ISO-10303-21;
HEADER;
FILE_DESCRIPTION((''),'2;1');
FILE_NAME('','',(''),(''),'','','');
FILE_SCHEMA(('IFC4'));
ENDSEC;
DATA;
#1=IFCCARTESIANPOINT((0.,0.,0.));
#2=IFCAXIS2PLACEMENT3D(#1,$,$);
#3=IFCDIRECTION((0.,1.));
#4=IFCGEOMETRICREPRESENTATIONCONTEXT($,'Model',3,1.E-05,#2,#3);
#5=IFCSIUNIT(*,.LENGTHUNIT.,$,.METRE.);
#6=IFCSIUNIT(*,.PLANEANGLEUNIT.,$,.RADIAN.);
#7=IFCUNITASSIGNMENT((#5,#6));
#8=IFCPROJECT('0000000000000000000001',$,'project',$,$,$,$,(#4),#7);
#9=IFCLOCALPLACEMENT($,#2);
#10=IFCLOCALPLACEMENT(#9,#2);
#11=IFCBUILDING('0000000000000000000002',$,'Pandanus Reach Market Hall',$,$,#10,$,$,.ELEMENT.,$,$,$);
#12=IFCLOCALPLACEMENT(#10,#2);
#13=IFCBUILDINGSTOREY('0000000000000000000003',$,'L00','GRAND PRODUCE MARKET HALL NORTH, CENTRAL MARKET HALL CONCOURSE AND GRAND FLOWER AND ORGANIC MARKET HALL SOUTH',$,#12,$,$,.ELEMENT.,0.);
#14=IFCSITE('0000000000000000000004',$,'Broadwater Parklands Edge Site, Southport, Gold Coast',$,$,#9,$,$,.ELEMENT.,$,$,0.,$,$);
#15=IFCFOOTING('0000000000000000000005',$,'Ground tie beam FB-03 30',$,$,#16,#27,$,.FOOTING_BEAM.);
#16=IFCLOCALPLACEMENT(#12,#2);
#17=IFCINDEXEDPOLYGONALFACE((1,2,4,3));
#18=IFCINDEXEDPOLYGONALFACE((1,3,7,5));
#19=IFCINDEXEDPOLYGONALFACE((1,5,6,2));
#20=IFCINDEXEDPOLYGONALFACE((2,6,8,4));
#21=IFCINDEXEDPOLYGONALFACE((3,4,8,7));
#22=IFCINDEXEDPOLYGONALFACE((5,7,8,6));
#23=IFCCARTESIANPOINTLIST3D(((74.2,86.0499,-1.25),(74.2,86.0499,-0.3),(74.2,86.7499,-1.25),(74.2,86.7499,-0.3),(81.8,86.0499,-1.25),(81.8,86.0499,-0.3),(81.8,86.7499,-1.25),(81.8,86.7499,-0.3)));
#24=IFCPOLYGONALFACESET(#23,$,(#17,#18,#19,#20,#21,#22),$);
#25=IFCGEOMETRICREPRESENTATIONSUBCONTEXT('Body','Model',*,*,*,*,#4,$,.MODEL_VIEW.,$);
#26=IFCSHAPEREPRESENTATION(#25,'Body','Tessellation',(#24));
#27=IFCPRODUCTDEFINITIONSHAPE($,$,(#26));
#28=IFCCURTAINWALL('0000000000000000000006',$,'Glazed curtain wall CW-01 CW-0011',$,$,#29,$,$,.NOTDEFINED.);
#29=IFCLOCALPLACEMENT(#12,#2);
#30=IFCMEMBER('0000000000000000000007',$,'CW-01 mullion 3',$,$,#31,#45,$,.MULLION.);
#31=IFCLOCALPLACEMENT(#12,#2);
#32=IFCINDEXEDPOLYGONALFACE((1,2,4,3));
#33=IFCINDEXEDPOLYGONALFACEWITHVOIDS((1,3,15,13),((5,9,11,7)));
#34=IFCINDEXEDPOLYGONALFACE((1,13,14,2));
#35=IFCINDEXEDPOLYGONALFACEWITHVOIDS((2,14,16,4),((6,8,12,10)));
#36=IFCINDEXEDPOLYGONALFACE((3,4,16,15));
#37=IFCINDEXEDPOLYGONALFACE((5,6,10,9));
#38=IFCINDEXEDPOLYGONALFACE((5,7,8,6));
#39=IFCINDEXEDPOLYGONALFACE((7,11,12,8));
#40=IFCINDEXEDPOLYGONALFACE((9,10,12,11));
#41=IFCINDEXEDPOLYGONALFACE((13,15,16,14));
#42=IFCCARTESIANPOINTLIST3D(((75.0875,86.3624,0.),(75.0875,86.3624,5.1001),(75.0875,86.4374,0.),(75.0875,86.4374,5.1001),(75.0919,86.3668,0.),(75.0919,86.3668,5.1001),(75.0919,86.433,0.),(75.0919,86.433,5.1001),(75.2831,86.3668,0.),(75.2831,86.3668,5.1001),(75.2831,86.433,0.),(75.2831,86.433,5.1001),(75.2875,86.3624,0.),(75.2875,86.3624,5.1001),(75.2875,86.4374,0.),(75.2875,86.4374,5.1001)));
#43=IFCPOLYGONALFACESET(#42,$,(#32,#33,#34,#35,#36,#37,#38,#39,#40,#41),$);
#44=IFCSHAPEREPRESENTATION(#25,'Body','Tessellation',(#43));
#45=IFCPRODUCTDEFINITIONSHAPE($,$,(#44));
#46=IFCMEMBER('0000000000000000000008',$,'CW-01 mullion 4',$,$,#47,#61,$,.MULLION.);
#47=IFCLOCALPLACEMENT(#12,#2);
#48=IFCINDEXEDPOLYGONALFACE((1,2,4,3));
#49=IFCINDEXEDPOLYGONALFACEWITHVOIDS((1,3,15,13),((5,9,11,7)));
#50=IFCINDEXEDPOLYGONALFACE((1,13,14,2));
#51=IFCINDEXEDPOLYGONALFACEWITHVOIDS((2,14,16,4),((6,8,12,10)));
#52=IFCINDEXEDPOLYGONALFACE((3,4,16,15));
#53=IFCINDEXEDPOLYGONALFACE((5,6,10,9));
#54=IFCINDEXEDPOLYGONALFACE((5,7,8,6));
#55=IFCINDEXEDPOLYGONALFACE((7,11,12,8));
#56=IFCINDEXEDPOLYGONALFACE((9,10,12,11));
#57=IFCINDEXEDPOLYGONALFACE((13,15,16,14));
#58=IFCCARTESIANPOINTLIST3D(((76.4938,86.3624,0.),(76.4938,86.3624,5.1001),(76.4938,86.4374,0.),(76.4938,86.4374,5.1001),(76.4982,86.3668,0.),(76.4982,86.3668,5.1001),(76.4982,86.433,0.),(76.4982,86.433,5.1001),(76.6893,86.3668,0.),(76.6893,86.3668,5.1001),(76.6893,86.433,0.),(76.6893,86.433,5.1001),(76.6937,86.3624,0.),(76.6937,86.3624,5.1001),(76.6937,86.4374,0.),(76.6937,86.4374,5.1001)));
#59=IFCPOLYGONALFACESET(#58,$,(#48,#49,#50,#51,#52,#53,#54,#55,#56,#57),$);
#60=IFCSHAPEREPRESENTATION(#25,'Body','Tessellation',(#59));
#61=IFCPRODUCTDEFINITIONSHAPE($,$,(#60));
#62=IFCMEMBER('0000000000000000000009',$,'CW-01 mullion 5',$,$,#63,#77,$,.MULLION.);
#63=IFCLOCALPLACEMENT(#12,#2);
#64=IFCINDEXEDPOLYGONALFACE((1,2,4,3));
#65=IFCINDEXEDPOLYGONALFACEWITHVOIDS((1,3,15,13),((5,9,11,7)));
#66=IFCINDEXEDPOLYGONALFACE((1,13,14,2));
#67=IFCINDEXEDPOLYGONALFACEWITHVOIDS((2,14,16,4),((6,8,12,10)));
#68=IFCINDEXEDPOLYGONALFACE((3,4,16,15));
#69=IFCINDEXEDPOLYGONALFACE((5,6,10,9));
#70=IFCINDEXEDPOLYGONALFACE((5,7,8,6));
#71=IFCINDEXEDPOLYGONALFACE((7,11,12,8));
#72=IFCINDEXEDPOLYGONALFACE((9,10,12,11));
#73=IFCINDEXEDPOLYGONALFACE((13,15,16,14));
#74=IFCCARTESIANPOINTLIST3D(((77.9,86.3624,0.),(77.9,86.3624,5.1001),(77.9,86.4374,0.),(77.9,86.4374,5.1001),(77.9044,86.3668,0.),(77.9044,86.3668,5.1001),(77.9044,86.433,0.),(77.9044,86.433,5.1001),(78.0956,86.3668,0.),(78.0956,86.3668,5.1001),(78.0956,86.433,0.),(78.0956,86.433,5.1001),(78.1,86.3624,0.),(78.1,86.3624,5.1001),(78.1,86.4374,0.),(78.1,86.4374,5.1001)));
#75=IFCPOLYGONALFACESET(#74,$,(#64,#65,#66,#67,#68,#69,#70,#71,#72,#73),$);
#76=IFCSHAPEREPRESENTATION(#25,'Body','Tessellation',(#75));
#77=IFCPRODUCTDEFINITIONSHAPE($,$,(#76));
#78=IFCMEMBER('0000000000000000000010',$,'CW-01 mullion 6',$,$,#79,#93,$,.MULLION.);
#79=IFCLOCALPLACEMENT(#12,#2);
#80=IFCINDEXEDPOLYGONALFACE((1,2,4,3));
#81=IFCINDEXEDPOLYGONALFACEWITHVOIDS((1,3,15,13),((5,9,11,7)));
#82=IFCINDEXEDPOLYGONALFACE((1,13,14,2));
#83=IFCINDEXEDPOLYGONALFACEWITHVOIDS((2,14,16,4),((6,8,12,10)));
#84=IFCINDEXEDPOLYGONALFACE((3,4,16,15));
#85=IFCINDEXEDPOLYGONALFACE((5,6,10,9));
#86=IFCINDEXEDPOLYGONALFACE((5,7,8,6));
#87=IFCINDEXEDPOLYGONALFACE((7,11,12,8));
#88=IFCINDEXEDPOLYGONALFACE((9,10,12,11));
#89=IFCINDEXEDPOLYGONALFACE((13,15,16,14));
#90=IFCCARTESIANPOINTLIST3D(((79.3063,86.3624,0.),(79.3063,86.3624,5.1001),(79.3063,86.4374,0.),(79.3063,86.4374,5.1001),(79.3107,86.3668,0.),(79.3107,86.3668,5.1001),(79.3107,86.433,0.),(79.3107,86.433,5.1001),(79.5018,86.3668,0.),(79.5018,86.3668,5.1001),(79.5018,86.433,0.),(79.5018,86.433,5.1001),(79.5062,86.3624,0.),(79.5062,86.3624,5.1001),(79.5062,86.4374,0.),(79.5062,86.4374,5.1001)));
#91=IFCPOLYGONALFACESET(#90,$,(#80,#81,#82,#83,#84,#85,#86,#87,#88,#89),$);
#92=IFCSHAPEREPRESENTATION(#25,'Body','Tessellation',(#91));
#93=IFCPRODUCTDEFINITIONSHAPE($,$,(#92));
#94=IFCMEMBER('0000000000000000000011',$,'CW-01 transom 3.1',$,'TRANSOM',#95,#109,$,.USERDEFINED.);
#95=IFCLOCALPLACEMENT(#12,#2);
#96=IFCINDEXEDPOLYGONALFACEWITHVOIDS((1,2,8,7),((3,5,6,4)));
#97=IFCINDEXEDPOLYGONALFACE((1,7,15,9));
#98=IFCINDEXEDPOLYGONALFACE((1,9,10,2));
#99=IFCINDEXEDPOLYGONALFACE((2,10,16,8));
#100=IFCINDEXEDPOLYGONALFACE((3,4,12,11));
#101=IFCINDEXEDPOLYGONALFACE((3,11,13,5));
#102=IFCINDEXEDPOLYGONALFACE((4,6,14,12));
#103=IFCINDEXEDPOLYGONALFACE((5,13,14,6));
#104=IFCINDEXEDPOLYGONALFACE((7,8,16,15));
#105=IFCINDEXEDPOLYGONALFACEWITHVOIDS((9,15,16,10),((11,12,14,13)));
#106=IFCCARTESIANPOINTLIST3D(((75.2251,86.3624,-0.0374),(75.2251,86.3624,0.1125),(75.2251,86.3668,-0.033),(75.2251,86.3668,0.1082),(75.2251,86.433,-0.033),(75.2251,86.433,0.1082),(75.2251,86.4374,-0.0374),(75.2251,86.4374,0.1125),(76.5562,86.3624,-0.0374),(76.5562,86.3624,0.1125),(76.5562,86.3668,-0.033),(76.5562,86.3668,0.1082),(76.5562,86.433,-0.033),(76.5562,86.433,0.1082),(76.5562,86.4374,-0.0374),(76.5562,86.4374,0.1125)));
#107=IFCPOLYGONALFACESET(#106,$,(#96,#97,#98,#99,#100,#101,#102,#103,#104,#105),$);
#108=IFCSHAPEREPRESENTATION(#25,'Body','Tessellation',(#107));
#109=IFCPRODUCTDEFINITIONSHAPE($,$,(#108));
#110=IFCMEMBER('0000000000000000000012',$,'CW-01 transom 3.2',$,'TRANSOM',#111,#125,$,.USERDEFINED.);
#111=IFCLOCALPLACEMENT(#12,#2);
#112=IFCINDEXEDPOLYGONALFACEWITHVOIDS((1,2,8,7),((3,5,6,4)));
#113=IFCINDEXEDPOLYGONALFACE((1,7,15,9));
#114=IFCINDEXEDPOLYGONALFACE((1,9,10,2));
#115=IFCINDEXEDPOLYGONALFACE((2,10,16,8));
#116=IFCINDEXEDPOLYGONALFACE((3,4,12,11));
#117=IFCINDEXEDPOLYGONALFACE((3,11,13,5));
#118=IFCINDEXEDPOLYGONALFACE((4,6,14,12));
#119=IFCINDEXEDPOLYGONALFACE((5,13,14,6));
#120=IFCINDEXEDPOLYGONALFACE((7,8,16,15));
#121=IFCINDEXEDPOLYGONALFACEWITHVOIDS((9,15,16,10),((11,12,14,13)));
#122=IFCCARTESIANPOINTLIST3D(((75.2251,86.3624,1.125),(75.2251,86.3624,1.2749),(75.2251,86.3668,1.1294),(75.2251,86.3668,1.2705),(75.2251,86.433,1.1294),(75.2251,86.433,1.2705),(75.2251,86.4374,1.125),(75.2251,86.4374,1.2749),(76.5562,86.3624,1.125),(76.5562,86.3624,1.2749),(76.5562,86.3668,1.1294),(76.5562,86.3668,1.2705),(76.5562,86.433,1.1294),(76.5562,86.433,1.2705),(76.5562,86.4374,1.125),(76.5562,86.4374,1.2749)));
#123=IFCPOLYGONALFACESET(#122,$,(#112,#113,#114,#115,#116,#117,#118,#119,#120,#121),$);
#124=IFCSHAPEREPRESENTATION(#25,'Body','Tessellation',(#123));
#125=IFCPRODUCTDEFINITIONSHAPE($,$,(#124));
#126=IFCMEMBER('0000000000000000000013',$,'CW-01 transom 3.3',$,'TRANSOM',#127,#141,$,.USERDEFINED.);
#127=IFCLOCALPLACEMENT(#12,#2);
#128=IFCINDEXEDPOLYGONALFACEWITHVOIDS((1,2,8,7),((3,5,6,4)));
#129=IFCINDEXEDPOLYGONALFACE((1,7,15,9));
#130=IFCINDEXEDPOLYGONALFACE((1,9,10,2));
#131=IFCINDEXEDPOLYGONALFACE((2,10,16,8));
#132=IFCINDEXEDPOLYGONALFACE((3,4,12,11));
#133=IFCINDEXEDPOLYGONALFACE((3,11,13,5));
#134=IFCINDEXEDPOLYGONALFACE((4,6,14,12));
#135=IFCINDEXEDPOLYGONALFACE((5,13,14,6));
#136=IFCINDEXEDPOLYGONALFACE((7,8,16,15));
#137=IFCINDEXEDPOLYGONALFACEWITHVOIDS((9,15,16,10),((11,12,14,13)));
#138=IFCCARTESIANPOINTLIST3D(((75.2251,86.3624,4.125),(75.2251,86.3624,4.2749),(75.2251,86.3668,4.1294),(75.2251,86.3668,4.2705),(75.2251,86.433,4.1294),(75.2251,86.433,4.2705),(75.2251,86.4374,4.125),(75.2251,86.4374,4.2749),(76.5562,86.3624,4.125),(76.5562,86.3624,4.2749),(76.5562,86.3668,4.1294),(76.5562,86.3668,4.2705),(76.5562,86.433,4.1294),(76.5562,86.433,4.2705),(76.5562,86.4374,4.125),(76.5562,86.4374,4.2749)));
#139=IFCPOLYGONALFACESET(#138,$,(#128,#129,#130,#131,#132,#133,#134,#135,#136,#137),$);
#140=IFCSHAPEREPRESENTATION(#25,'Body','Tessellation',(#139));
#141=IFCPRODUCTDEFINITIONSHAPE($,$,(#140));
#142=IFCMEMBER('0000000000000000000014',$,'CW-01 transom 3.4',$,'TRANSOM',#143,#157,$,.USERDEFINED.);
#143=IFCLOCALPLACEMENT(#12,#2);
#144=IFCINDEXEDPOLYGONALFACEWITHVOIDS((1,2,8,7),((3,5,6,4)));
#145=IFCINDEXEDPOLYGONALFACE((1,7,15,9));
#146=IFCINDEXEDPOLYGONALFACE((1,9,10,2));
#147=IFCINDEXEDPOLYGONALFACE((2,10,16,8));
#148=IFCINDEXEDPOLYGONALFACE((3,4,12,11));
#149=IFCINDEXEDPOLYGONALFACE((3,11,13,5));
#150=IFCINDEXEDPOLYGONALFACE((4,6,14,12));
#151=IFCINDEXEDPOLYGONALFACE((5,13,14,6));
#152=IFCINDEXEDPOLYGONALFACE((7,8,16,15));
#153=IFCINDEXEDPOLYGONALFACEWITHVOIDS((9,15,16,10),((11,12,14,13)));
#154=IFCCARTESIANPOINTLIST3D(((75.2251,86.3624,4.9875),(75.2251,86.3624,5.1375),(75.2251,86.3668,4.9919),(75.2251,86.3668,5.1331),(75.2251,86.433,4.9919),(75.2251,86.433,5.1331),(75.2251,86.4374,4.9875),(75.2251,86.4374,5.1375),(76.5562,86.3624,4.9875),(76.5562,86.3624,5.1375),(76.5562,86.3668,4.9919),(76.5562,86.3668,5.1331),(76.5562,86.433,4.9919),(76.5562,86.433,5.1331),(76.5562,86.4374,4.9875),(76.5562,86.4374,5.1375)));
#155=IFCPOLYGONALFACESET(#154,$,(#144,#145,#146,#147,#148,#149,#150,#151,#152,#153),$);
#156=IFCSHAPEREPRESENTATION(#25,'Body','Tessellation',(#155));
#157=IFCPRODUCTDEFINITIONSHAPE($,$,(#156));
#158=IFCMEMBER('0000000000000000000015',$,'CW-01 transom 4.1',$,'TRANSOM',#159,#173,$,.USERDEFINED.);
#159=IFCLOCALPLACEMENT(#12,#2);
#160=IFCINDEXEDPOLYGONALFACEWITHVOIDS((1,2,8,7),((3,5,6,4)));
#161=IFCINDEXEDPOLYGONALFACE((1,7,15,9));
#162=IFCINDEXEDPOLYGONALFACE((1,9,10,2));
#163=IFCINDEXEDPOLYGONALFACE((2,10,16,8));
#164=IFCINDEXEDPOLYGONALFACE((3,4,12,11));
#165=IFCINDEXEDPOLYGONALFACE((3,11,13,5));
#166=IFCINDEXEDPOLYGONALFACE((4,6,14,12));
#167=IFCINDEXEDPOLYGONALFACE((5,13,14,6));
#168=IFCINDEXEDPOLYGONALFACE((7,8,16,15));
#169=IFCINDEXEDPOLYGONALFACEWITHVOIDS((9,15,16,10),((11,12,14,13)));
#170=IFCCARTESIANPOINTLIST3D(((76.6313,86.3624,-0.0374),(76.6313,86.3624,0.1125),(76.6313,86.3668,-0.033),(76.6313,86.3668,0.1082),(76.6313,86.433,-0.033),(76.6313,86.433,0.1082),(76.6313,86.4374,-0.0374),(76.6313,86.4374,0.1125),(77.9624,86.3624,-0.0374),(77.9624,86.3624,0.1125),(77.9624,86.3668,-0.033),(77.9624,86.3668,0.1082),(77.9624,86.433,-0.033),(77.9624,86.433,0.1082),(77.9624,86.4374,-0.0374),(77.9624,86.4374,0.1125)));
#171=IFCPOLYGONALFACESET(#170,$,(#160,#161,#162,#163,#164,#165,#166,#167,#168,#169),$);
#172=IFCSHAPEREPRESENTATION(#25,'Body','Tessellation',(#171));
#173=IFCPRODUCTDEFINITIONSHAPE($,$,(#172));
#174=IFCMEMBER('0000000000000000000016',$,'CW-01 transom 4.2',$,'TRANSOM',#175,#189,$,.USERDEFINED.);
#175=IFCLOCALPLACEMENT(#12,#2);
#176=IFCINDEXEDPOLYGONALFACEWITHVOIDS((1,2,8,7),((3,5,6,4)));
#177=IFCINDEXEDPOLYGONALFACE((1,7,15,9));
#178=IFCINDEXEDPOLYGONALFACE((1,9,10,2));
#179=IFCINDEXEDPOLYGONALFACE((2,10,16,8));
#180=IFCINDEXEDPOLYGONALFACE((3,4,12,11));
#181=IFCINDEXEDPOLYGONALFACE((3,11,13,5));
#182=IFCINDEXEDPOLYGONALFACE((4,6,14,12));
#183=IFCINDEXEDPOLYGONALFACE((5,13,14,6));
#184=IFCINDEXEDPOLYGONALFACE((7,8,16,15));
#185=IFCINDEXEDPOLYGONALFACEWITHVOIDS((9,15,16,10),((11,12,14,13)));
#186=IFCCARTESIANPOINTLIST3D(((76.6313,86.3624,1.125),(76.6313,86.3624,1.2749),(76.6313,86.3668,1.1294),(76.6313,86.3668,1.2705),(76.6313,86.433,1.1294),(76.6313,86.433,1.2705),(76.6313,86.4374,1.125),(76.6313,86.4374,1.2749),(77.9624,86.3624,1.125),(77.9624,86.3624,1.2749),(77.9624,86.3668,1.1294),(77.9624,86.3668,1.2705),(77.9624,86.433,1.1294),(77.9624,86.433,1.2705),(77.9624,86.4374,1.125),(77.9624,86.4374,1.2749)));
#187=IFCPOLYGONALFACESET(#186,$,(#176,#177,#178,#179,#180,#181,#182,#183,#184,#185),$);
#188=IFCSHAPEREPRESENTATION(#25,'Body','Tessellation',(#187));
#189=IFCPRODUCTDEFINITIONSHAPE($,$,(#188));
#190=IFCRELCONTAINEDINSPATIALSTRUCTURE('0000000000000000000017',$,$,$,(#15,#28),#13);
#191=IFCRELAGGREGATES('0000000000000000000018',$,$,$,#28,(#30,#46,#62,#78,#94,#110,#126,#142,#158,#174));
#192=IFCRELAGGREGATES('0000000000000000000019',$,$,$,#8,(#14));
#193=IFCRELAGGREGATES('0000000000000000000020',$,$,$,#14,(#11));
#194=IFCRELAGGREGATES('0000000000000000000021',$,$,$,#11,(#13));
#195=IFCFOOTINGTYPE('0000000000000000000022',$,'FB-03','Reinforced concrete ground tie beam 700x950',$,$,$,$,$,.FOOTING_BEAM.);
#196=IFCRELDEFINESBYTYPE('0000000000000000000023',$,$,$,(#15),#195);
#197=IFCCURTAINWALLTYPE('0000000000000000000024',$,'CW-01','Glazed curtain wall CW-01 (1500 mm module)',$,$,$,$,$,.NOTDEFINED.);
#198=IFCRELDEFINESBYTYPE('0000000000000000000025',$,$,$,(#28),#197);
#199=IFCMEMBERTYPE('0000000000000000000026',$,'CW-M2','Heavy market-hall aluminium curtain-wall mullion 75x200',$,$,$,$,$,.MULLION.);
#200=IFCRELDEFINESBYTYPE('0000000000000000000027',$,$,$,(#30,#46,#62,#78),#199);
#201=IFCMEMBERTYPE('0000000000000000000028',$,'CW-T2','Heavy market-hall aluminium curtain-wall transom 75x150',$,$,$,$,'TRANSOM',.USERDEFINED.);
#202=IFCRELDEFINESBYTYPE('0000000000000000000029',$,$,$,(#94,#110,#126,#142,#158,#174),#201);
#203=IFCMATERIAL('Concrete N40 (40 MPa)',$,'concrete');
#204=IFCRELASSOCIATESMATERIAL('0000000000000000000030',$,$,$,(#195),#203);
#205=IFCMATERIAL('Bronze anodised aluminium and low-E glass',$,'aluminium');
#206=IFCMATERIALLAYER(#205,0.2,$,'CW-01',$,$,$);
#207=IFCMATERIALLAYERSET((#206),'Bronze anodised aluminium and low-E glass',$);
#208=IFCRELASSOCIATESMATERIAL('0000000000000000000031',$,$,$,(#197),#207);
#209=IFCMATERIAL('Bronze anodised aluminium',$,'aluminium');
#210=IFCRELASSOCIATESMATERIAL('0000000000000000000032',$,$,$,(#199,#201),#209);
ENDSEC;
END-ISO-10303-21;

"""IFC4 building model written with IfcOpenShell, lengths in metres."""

from ifc_helpers import new_model, si_unit, direction, frame, origin, origin_2d, place, context, subcontext, project, spatial, rectangle, hollow_rectangle, extrude, material, layer, layer_set, material_profile, profile_set, type_object, element, aggregate, save


model = new_model("IFC4")

# Units and contexts
model_context = context("Model", 3, precision=1e-05, world=origin(), true_north=direction((0.0, 1.0)))
body_context = subcontext(model_context, "Body", "Model", "MODEL_VIEW")
ifc_project = project(units=[si_unit("LENGTHUNIT", "METRE"), si_unit("PLANEANGLEUNIT", "RADIAN")], contexts=[model_context])

# Site, building, storey
site_placement = place(None, origin())
site = spatial("IfcSite", under=ifc_project, at=site_placement, Name="Broadwater Parklands Edge Site, Southport, Gold Coast", CompositionType="ELEMENT", RefElevation=0.0)
building_placement = place(site_placement, origin())
building = spatial("IfcBuilding", under=site, at=building_placement, Name="Pandanus Reach Market Hall", CompositionType="ELEMENT")
storey_placement = place(building_placement, origin())
storey = spatial("IfcBuildingStorey", under=building, at=storey_placement, Name="L00", Description="GRAND PRODUCE MARKET HALL NORTH, CENTRAL MARKET HALL CONCOURSE AND GRAND FLOWER AND ORGANIC MARKET HALL SOUTH", CompositionType="ELEMENT", Elevation=0.0)

# Footing
ifc_material_1 = material(Name="Concrete N40 (40 MPa)", Category="concrete")
footing_type = type_object("IfcFootingType", Name="FB-03", Description="Reinforced concrete ground tie beam 700x950", PredefinedType="FOOTING_BEAM", material=ifc_material_1)
footing_placement = place(storey_placement, frame((78.0, 86.3999, -1.25), z_axis=(0.0, 0.0, 1.0), x_axis=(1.0, 0.0, 0.0)))
element("IfcFooting", 1, at=footing_placement, inside=storey, type_object=footing_type, Name="Ground tie beam FB-03 30", PredefinedType="FOOTING_BEAM", context=body_context, shape_type="SweptSolid", body=[
    extrude(rectangle(XDim=7.6001, YDim=0.7, at=origin_2d()), origin(), (0.0, 0.0, 1.0), 0.95),
])

# Curtain wall, members
ifc_material_2 = material(Name="Bronze anodised aluminium and low-E glass", Category="aluminium")
ifc_layer_1 = layer(ifc_material_2, 0.2, Name="CW-01")
ifc_layer_set_1 = layer_set([ifc_layer_1], Name="Bronze anodised aluminium and low-E glass")
curtain_wall_type = type_object("IfcCurtainWallType", Name="CW-01", Description="Glazed curtain wall CW-01 (1500 mm module)", PredefinedType="NOTDEFINED", material=ifc_layer_set_1)
curtain_wall_placement = place(storey_placement, origin())
curtain_wall = element("IfcCurtainWall", 2, at=curtain_wall_placement, inside=storey, type_object=curtain_wall_type, Name="Glazed curtain wall CW-01 CW-0011", PredefinedType="NOTDEFINED")
ifc_material_3 = material(Name="Bronze anodised aluminium", Category="aluminium")
ifc_material_profile_1 = material_profile(ifc_material_3, hollow_rectangle(XDim=0.075, YDim=0.2, WallThickness=0.0044, at=origin_2d()), Name="ALU75x200", Category="LoadBearing")
ifc_profile_set_1 = profile_set([ifc_material_profile_1], Name="Bronze anodised aluminium")
member_type_1 = type_object("IfcMemberType", Name="CW-M2", Description="Heavy market-hall aluminium curtain-wall mullion 75x200", PredefinedType="MULLION", material=ifc_profile_set_1)
member_1_placement = place(storey_placement, frame((75.1875, 86.3999, 0.0), z_axis=(0.0, 0.0, 1.0), x_axis=(0.0, 1.0, 0.0)))
member_1 = element("IfcMember", 3, at=member_1_placement, type_object=member_type_1, Name="CW-01 mullion 3", PredefinedType="MULLION", context=body_context, shape_type="SweptSolid", body=[
    extrude(hollow_rectangle(XDim=0.075, YDim=0.2, WallThickness=0.0044, at=origin_2d()), origin(), (0.0, 0.0, 1.0), 5.1001),
])
member_2_placement = place(storey_placement, frame((76.5938, 86.3999, 0.0), z_axis=(0.0, 0.0, 1.0), x_axis=(0.0, 1.0, 0.0)))
member_2 = element("IfcMember", 4, at=member_2_placement, type_object=member_type_1, Name="CW-01 mullion 4", PredefinedType="MULLION", context=body_context, shape_type="SweptSolid", body=[
    extrude(hollow_rectangle(XDim=0.075, YDim=0.2, WallThickness=0.0044, at=origin_2d()), origin(), (0.0, 0.0, 1.0), 5.1001),
])
member_3_placement = place(storey_placement, frame((78.0, 86.3999, 0.0), z_axis=(0.0, 0.0, 1.0), x_axis=(0.0, 1.0, 0.0)))
member_3 = element("IfcMember", 5, at=member_3_placement, type_object=member_type_1, Name="CW-01 mullion 5", PredefinedType="MULLION", context=body_context, shape_type="SweptSolid", body=[
    extrude(hollow_rectangle(XDim=0.075, YDim=0.2, WallThickness=0.0044, at=origin_2d()), origin(), (0.0, 0.0, 1.0), 5.1001),
])
member_4_placement = place(storey_placement, frame((79.4062, 86.3999, 0.0), z_axis=(0.0, 0.0, 1.0), x_axis=(0.0, 1.0, 0.0)))
member_4 = element("IfcMember", 6, at=member_4_placement, type_object=member_type_1, Name="CW-01 mullion 6", PredefinedType="MULLION", context=body_context, shape_type="SweptSolid", body=[
    extrude(hollow_rectangle(XDim=0.075, YDim=0.2, WallThickness=0.0044, at=origin_2d()), origin(), (0.0, 0.0, 1.0), 5.1001),
])
ifc_material_profile_2 = material_profile(ifc_material_3, hollow_rectangle(XDim=0.075, YDim=0.1499, WallThickness=0.0044, at=origin_2d()), Name="ALU75x150", Category="LoadBearing")
ifc_profile_set_2 = profile_set([ifc_material_profile_2], Name="Bronze anodised aluminium")
member_type_2 = type_object("IfcMemberType", Name="CW-T2", Description="Heavy market-hall aluminium curtain-wall transom 75x150", ElementType="TRANSOM", PredefinedType="USERDEFINED", material=ifc_profile_set_2)
member_5_placement = place(storey_placement, frame((75.2251, 86.3999, 0.0376), z_axis=(1.0, 0.0, 0.0), x_axis=(0.0, 1.0, 0.0)))
member_5 = element("IfcMember", 7, at=member_5_placement, type_object=member_type_2, Name="CW-01 transom 3.1", ObjectType="TRANSOM", PredefinedType="USERDEFINED", context=body_context, shape_type="SweptSolid", body=[
    extrude(hollow_rectangle(XDim=0.075, YDim=0.1499, WallThickness=0.0044, at=origin_2d()), origin(), (0.0, 0.0, 1.0), 1.3311),
])
member_6_placement = place(storey_placement, frame((75.2251, 86.3999, 1.2), z_axis=(1.0, 0.0, 0.0), x_axis=(0.0, 1.0, 0.0)))
member_6 = element("IfcMember", 8, at=member_6_placement, type_object=member_type_2, Name="CW-01 transom 3.2", ObjectType="TRANSOM", PredefinedType="USERDEFINED", context=body_context, shape_type="SweptSolid", body=[
    extrude(hollow_rectangle(XDim=0.075, YDim=0.1499, WallThickness=0.0044, at=origin_2d()), origin(), (0.0, 0.0, 1.0), 1.3311),
])
member_7_placement = place(storey_placement, frame((75.2251, 86.3999, 4.2), z_axis=(1.0, 0.0, 0.0), x_axis=(0.0, 1.0, 0.0)))
member_7 = element("IfcMember", 9, at=member_7_placement, type_object=member_type_2, Name="CW-01 transom 3.3", ObjectType="TRANSOM", PredefinedType="USERDEFINED", context=body_context, shape_type="SweptSolid", body=[
    extrude(hollow_rectangle(XDim=0.075, YDim=0.1499, WallThickness=0.0044, at=origin_2d()), origin(), (0.0, 0.0, 1.0), 1.3311),
])
member_8_placement = place(storey_placement, frame((75.2251, 86.3999, 5.0625), z_axis=(1.0, 0.0, 0.0), x_axis=(0.0, 1.0, 0.0)))
member_8 = element("IfcMember", 10, at=member_8_placement, type_object=member_type_2, Name="CW-01 transom 3.4", ObjectType="TRANSOM", PredefinedType="USERDEFINED", context=body_context, shape_type="SweptSolid", body=[
    extrude(hollow_rectangle(XDim=0.075, YDim=0.1499, WallThickness=0.0044, at=origin_2d()), origin(), (0.0, 0.0, 1.0), 1.3311),
])
member_9_placement = place(storey_placement, frame((76.6313, 86.3999, 0.0376), z_axis=(1.0, 0.0, 0.0), x_axis=(0.0, 1.0, 0.0)))
member_9 = element("IfcMember", 11, at=member_9_placement, type_object=member_type_2, Name="CW-01 transom 4.1", ObjectType="TRANSOM", PredefinedType="USERDEFINED", context=body_context, shape_type="SweptSolid", body=[
    extrude(hollow_rectangle(XDim=0.075, YDim=0.1499, WallThickness=0.0044, at=origin_2d()), origin(), (0.0, 0.0, 1.0), 1.3311),
])
member_10_placement = place(storey_placement, frame((76.6313, 86.3999, 1.2), z_axis=(1.0, 0.0, 0.0), x_axis=(0.0, 1.0, 0.0)))
member_10 = element("IfcMember", 12, at=member_10_placement, type_object=member_type_2, Name="CW-01 transom 4.2", ObjectType="TRANSOM", PredefinedType="USERDEFINED", context=body_context, shape_type="SweptSolid", body=[
    extrude(hollow_rectangle(XDim=0.075, YDim=0.1499, WallThickness=0.0044, at=origin_2d()), origin(), (0.0, 0.0, 1.0), 1.3311),
])

aggregate(curtain_wall, [member_1, member_2, member_3, member_4, member_5, member_6, member_7, member_8, member_9, member_10])

save(model, "model.ifc")
